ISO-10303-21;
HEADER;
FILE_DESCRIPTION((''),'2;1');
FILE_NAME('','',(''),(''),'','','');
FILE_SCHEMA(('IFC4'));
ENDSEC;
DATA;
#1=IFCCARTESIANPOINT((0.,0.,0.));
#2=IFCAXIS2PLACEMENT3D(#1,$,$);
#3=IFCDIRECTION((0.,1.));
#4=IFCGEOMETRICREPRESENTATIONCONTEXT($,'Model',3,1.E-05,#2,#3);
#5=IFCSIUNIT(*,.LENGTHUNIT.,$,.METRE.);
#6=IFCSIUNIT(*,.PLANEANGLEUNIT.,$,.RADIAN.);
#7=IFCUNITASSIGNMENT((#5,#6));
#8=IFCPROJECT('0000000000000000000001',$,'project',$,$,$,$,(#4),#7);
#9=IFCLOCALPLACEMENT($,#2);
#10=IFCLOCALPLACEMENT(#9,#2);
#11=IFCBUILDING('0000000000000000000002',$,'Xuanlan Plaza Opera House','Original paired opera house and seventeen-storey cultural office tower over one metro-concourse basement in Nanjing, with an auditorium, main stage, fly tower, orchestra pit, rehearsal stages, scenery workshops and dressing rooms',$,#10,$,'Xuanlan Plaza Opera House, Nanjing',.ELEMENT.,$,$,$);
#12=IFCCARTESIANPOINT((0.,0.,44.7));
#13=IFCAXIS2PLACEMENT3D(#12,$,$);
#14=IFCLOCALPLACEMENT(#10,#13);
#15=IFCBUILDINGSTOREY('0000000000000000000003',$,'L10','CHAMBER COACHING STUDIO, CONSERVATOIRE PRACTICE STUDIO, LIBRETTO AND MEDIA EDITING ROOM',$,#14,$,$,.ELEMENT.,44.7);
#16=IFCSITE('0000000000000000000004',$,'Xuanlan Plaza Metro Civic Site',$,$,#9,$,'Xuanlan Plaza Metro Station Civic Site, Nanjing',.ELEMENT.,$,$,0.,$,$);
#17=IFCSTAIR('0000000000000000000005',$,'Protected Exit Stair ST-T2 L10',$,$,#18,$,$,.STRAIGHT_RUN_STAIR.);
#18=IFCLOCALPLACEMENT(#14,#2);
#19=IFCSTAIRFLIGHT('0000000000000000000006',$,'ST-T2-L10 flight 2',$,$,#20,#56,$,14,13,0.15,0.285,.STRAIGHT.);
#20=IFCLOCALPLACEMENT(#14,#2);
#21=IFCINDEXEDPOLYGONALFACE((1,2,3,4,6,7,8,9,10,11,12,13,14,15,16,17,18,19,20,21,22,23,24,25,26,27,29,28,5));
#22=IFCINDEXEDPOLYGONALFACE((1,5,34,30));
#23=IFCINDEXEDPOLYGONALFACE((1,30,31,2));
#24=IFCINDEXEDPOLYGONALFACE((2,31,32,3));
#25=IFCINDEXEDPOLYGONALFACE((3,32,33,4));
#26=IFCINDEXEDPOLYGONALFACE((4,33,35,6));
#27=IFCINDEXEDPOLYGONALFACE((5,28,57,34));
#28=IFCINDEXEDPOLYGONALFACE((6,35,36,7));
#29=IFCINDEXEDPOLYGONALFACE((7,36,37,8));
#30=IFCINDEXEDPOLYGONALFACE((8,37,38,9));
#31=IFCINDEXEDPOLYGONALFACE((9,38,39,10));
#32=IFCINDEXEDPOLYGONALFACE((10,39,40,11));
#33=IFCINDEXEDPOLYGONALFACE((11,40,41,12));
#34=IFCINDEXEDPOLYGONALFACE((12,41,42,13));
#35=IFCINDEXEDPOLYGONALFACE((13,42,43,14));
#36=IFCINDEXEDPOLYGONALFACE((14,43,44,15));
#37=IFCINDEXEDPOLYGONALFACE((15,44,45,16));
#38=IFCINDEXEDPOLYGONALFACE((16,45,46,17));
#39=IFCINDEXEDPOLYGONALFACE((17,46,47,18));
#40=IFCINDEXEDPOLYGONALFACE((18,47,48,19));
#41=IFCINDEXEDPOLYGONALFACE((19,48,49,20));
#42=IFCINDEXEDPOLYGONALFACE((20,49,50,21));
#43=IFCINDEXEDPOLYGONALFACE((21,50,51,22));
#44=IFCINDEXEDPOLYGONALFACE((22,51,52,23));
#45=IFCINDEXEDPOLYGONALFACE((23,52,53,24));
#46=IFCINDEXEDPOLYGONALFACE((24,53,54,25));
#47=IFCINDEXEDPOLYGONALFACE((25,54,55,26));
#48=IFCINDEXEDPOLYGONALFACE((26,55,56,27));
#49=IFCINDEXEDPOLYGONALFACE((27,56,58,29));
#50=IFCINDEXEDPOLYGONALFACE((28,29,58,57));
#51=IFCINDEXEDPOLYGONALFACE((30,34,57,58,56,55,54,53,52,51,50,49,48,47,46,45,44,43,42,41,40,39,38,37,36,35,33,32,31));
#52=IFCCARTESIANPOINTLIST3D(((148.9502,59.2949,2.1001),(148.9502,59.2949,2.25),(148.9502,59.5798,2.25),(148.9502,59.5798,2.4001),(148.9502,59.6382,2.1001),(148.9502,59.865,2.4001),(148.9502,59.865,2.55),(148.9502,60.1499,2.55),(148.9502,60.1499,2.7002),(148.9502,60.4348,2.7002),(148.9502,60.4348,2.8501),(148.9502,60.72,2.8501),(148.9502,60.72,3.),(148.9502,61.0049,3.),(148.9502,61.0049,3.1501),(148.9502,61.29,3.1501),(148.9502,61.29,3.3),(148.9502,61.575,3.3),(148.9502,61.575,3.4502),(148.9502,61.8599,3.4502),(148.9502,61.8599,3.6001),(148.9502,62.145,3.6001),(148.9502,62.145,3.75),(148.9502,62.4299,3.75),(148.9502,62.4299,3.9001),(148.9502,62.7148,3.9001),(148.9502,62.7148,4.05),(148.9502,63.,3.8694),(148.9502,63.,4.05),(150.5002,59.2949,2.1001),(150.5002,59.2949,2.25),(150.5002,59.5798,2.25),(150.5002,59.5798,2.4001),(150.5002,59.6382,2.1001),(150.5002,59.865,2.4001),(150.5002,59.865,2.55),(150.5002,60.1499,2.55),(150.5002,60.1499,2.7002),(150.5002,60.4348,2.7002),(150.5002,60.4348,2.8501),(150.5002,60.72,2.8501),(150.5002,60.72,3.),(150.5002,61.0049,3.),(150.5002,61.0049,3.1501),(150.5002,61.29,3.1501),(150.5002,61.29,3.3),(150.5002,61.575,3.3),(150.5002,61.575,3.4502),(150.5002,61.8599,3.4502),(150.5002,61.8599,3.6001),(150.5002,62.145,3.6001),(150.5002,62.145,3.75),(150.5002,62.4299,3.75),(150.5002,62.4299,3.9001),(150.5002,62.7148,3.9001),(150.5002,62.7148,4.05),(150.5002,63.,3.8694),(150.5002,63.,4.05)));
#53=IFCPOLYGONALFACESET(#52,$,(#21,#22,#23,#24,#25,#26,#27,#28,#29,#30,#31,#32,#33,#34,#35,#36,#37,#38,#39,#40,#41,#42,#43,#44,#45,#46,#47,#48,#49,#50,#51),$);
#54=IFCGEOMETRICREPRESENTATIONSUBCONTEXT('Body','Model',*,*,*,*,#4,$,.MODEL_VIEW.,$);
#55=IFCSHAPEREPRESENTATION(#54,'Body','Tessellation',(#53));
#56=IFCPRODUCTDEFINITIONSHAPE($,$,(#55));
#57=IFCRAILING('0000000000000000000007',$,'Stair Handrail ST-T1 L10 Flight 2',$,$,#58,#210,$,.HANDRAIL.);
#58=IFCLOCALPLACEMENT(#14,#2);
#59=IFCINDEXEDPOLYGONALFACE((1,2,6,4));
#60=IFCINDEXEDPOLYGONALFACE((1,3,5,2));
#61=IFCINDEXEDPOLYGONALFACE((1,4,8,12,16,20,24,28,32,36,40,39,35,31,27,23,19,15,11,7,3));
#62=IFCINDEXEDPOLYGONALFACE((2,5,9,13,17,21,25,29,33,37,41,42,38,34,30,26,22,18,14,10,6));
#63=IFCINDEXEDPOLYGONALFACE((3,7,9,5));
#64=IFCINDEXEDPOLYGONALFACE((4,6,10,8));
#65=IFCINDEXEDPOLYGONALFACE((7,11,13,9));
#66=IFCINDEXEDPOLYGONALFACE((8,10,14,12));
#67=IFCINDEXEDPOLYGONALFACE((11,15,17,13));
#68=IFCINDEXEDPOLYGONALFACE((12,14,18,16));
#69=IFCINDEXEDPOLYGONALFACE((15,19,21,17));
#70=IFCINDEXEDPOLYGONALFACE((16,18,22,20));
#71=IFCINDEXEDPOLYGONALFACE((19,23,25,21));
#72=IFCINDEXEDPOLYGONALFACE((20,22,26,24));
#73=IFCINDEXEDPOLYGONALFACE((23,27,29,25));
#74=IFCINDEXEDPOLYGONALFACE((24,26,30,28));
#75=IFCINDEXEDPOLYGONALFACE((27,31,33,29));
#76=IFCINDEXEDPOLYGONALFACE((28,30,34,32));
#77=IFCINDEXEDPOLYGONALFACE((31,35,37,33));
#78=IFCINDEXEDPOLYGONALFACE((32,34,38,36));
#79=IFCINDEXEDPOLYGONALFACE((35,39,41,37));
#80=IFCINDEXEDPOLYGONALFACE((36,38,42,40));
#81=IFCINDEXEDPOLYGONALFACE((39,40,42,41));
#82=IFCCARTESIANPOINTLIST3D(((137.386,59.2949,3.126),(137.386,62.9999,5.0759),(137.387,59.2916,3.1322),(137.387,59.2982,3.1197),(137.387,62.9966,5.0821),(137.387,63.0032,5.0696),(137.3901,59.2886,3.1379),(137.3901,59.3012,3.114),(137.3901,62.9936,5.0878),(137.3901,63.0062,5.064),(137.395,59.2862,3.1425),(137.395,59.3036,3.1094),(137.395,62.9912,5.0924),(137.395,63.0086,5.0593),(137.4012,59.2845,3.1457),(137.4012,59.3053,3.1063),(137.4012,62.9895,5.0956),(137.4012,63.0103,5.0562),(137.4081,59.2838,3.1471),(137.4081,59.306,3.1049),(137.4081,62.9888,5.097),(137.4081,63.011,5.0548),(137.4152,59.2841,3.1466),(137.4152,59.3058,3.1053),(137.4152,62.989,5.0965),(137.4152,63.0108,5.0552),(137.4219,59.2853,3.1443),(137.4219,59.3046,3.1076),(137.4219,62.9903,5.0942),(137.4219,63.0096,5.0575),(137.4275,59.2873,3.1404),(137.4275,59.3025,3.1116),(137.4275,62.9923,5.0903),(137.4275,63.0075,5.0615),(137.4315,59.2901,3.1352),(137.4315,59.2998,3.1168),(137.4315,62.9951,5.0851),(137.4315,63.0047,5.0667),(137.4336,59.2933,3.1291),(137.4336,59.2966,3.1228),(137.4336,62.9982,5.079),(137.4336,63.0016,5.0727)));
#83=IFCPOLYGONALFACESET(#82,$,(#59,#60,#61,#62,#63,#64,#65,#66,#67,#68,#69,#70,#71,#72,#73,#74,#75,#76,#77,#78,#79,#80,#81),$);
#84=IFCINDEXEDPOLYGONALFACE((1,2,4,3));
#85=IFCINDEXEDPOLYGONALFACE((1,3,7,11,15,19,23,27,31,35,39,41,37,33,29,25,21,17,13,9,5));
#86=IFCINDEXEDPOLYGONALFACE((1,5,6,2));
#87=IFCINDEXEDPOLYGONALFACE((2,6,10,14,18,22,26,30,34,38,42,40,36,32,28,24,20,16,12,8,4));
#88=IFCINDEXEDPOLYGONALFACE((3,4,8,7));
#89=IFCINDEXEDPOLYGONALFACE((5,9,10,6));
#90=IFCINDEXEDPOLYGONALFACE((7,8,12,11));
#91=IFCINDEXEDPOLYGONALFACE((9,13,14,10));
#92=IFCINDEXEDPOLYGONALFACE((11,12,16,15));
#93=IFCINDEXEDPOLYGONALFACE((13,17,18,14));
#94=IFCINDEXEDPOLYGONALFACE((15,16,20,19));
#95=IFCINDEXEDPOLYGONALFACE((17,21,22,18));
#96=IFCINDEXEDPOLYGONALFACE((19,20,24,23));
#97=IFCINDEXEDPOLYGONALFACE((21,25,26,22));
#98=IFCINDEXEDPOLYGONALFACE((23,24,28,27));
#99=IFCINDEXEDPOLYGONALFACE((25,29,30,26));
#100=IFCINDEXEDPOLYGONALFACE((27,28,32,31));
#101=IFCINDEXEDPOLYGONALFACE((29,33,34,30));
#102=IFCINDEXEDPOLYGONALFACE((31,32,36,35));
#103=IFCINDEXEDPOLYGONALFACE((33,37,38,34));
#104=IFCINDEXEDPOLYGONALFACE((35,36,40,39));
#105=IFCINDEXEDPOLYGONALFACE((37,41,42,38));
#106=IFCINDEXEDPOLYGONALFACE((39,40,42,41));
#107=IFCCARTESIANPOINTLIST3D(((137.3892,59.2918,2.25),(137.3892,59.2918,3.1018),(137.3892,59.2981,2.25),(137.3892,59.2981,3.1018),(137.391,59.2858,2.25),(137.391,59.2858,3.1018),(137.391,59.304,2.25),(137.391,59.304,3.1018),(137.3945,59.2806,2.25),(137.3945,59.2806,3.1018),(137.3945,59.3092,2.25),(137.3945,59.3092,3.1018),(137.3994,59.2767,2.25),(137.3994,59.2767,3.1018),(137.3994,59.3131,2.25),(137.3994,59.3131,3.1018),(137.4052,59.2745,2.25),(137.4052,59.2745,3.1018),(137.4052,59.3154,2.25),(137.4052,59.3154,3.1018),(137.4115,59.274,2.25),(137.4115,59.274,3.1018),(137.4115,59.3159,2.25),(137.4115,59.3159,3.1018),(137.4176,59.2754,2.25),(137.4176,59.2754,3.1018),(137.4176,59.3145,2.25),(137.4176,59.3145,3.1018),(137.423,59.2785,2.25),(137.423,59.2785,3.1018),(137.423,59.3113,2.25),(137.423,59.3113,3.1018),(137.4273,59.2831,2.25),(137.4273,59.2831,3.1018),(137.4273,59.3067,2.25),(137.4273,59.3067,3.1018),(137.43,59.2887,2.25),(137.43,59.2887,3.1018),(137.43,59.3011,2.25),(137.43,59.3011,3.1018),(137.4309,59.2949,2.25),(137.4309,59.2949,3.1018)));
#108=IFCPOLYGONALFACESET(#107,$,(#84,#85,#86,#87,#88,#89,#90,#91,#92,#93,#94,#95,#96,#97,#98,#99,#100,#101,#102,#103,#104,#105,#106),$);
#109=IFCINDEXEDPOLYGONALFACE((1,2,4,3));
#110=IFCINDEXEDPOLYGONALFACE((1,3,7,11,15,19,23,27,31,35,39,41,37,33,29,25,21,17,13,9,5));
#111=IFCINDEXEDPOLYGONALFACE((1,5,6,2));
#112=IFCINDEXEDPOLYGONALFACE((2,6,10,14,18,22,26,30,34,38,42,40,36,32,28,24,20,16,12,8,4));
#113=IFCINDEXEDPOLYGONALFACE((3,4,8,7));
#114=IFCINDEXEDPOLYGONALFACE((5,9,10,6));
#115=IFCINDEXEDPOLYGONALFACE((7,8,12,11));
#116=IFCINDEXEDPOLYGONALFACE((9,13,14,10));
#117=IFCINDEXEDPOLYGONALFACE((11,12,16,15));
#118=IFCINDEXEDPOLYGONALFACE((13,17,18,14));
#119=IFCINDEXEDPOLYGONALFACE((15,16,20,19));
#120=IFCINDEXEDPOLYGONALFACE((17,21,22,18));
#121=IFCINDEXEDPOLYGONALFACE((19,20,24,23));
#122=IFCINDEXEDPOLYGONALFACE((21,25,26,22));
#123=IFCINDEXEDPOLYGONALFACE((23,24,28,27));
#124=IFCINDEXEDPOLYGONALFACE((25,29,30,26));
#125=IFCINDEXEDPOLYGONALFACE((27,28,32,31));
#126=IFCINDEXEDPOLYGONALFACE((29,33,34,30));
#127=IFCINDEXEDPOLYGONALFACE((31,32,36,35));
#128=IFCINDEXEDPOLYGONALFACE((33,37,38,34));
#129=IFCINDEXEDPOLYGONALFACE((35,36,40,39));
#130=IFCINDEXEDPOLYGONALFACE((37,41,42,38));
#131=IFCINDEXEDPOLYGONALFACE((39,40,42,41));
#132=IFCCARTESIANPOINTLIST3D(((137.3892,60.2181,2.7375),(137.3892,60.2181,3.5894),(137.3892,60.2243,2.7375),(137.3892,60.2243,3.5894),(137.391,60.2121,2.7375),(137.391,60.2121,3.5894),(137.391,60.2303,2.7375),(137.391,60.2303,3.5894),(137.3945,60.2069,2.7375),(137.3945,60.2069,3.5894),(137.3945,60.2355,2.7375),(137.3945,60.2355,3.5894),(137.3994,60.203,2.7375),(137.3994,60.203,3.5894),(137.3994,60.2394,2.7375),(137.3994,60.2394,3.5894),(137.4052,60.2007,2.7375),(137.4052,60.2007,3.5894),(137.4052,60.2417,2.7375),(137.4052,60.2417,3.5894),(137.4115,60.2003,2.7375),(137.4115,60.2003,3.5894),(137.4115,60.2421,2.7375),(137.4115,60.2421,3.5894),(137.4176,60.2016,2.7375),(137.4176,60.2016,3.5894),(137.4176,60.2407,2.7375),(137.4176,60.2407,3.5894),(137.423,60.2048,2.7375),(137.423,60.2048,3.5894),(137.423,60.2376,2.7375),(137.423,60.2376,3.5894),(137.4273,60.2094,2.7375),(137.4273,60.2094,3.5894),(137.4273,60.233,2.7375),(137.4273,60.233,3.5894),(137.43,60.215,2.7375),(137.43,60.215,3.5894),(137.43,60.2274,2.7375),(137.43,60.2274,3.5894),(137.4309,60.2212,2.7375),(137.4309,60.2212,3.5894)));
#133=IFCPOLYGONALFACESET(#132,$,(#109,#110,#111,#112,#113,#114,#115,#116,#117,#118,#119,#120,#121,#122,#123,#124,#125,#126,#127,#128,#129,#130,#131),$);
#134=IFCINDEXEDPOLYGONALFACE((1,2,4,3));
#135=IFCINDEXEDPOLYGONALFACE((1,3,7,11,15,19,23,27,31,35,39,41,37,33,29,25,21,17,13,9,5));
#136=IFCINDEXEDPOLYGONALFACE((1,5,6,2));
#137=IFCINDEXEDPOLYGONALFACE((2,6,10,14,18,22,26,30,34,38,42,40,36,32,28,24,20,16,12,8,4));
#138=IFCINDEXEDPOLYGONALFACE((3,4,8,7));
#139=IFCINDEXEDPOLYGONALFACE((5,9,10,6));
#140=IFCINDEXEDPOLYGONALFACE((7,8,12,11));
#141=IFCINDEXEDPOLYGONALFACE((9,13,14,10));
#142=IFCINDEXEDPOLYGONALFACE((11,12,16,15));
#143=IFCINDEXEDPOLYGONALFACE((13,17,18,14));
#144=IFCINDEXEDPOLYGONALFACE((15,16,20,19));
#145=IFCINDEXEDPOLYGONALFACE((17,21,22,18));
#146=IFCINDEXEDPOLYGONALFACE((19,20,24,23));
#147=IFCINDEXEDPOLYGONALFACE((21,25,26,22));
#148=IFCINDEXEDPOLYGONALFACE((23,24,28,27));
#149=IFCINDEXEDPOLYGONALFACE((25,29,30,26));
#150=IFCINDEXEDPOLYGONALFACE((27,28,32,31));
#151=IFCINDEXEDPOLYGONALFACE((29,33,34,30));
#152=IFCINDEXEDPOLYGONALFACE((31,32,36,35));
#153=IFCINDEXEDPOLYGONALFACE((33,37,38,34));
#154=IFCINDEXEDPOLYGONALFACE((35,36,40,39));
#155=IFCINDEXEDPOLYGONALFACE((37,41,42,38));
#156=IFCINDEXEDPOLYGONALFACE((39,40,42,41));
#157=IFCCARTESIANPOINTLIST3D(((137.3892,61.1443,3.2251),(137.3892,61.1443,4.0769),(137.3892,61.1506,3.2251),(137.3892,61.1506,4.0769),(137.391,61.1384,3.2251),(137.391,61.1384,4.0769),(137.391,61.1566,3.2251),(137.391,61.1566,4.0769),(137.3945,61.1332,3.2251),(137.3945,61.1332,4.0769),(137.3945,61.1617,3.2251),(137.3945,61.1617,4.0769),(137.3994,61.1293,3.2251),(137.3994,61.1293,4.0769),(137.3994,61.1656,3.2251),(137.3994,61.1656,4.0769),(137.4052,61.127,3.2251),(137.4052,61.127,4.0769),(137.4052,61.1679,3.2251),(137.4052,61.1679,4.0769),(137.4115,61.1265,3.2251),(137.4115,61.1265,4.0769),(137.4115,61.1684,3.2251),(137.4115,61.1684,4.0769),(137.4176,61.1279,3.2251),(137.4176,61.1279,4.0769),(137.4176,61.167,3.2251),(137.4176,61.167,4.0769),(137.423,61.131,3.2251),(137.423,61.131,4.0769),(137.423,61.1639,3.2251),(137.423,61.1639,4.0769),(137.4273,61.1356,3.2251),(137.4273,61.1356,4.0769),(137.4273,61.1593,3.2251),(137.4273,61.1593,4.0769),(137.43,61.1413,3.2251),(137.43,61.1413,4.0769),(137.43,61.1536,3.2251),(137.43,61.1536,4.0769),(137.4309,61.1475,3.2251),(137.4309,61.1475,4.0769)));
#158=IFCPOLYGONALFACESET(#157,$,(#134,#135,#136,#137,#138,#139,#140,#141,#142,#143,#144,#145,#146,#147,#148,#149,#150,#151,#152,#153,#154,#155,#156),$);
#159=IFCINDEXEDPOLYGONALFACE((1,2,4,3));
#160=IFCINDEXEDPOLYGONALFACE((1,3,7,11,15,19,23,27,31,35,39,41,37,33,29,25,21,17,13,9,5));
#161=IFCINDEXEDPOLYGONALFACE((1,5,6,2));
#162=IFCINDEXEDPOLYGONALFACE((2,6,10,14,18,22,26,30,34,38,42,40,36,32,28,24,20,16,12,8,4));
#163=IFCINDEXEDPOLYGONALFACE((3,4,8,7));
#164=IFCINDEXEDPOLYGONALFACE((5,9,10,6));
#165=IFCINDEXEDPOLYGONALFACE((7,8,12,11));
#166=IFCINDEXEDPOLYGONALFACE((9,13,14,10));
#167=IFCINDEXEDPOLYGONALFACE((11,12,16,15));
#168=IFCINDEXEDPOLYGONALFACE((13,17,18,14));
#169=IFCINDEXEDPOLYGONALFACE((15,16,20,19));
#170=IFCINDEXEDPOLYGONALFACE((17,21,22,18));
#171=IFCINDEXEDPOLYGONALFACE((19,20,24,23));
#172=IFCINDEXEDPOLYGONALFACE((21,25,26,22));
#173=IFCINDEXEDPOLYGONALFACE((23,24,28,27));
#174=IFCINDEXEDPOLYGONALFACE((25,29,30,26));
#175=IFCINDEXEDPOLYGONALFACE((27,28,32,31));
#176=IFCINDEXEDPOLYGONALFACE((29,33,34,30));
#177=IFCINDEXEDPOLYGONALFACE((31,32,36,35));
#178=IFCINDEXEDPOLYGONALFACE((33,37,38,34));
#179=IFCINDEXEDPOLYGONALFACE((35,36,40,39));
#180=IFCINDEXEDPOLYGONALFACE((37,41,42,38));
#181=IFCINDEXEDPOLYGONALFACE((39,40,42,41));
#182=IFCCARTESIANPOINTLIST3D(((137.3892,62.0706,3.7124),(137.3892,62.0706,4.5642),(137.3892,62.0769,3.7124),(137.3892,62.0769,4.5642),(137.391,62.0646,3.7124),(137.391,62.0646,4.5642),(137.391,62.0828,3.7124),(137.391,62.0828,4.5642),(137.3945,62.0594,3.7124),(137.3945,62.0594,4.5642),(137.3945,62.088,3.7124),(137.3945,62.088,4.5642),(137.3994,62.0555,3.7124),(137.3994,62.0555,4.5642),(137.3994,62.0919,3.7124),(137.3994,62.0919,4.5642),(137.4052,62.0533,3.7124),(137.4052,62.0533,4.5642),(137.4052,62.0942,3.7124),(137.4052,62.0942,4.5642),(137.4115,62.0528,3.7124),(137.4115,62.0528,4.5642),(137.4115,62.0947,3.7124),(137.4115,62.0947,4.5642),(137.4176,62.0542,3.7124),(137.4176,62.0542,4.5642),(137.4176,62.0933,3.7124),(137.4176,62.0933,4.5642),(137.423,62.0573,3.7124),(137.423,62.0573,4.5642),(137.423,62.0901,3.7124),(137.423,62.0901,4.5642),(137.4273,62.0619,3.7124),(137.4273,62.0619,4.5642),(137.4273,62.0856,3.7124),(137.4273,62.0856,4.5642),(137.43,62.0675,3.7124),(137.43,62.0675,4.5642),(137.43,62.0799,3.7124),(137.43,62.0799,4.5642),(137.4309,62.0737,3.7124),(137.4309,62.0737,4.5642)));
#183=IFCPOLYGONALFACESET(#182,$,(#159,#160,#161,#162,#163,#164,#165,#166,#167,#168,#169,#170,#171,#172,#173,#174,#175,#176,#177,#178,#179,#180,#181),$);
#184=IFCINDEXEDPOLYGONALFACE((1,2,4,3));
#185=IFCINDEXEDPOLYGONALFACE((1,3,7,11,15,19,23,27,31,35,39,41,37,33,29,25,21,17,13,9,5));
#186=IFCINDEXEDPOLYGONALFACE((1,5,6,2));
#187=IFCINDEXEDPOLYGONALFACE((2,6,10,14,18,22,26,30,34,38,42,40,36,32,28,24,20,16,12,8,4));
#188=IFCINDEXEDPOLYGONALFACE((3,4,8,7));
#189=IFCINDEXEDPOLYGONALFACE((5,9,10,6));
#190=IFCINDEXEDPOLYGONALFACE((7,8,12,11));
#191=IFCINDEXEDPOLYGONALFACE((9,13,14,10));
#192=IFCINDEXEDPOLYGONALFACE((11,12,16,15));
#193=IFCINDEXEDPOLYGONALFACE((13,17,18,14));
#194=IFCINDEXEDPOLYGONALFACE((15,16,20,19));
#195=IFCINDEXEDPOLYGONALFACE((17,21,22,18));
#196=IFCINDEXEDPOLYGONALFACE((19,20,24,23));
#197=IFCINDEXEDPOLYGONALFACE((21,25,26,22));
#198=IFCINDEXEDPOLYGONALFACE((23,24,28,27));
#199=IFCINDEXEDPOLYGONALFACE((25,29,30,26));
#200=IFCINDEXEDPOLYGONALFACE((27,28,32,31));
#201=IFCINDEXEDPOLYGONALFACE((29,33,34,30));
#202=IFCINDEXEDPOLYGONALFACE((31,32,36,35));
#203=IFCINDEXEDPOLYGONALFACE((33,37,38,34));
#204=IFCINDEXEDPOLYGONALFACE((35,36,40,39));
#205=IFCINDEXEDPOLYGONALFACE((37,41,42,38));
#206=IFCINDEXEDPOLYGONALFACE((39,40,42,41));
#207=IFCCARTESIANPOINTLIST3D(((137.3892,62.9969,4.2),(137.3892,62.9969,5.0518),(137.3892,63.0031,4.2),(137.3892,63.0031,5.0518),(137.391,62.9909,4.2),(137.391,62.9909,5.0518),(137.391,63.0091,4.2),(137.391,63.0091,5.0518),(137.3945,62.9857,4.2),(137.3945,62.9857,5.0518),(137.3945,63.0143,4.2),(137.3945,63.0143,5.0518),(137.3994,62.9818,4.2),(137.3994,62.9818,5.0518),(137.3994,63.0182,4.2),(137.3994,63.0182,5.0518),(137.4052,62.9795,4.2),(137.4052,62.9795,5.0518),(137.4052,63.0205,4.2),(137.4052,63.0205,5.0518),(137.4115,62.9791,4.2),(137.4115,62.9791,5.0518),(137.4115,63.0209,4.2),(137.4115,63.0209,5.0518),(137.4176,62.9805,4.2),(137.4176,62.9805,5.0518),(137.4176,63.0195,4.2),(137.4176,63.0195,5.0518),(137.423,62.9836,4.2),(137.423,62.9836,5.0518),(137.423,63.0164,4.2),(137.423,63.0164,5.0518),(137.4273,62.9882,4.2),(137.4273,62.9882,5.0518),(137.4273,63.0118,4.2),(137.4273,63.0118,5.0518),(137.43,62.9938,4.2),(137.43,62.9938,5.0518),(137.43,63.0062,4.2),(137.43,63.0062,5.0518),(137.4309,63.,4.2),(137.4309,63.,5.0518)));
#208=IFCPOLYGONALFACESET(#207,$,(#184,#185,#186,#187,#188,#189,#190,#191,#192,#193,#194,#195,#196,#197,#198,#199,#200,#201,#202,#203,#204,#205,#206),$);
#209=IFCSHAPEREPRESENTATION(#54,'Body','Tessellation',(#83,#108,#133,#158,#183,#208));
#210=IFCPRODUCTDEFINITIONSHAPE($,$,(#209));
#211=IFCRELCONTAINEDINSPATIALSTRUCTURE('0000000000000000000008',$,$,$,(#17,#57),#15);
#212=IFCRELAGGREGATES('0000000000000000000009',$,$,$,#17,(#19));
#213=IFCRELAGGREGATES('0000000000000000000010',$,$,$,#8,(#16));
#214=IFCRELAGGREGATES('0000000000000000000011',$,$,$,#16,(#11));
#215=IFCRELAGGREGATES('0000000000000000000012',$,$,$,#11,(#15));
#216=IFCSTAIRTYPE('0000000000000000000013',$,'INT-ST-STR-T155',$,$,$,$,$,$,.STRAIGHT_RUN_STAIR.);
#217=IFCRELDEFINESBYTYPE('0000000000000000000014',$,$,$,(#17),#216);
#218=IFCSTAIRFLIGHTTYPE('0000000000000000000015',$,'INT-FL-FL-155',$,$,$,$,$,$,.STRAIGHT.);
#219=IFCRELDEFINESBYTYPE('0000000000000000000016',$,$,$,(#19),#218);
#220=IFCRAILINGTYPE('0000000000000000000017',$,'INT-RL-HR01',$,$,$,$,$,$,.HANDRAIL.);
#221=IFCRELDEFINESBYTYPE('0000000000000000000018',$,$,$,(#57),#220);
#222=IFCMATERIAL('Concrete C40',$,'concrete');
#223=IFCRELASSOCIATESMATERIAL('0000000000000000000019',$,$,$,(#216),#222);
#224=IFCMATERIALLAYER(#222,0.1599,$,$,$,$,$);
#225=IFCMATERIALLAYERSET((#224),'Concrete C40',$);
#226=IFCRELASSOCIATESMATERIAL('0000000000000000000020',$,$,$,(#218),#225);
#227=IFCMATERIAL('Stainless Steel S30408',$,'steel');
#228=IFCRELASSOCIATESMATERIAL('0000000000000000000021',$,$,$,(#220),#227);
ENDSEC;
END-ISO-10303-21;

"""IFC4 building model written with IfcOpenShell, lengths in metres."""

from ifc_helpers import new_model, si_unit, direction, frame, origin, origin_2d, place, context, subcontext, project, spatial, polyline, circle, outline, extrude, material, layer, layer_set, type_object, element, aggregate, save


model = new_model("IFC4")

# Units and contexts
model_context = context("Model", 3, precision=1e-05, world=origin(), true_north=direction((0.0, 1.0)))
body_context = subcontext(model_context, "Body", "Model", "MODEL_VIEW")
ifc_project = project(units=[si_unit("LENGTHUNIT", "METRE"), si_unit("PLANEANGLEUNIT", "RADIAN")], contexts=[model_context])

# Site, building, storey
site_placement = place(None, origin())
site = spatial("IfcSite", under=ifc_project, at=site_placement, Name="Xuanlan Plaza Metro Civic Site", LongName="Xuanlan Plaza Metro Station Civic Site, Nanjing", CompositionType="ELEMENT", RefElevation=0.0)
building_placement = place(site_placement, origin())
building = spatial("IfcBuilding", under=site, at=building_placement, Name="Xuanlan Plaza Opera House", Description="Original paired opera house and seventeen-storey cultural office tower over one metro-concourse basement in Nanjing, with an auditorium, main stage, fly tower, orchestra pit, rehearsal stages, scenery workshops and dressing rooms", LongName="Xuanlan Plaza Opera House, Nanjing", CompositionType="ELEMENT")
storey_placement = place(building_placement, frame((0.0, 0.0, 44.7)))
storey = spatial("IfcBuildingStorey", under=building, at=storey_placement, Name="L10", Description="CHAMBER COACHING STUDIO, CONSERVATOIRE PRACTICE STUDIO, LIBRETTO AND MEDIA EDITING ROOM", CompositionType="ELEMENT", Elevation=44.7)

# Shared definitions
ifc_material_1 = material(Name="Concrete C40", Category="concrete")

# Shared definitions
ifc_material_2 = material(Name="Stainless Steel S30408", Category="steel")

# Stair, stair flight
stair_type = type_object("IfcStairType", Name="INT-ST-STR-T155", PredefinedType="STRAIGHT_RUN_STAIR", material=ifc_material_1)
ifc_layer_1 = layer(ifc_material_1, 0.1599)
ifc_layer_set_1 = layer_set([ifc_layer_1], Name="Concrete C40")
stair_flight_type = type_object("IfcStairFlightType", Name="INT-FL-FL-155", PredefinedType="STRAIGHT", material=ifc_layer_set_1)
stair_1_placement = place(storey_placement, origin())
stair_1 = element("IfcStair", 1, at=stair_1_placement, inside=storey, type_object=stair_type, Name="Protected Exit Stair ST-T2 L10", PredefinedType="STRAIGHT_RUN_STAIR")
stair_flight_1_placement = place(storey_placement, frame((149.7251, 59.2949, 2.1001), z_axis=(0.0, 0.0, 1.0), x_axis=(0.0, 1.0, 0.0)))
stair_flight_1 = element("IfcStairFlight", 2, at=stair_flight_1_placement, type_object=stair_flight_type, Name="ST-T2-L10 flight 2", NumberOfRisers=14, NumberOfTreads=13, PredefinedType="STRAIGHT", RiserHeight=0.15, TreadLength=0.285, context=body_context, shape_type="SweptSolid", body=[
    extrude(outline(polyline([(0.0, 0.0), (0.0, 0.1499), (0.2849, 0.1499), (0.2849, 0.3), (0.5701, 0.3), (0.5701, 0.45), (0.855, 0.45), (0.855, 0.6001), (1.1399, 0.6001), (1.1399, 0.75), (1.425, 0.75), (1.425, 0.8999), (1.71, 0.8999), (1.71, 1.05), (1.9951, 1.05), (1.9951, 1.2), (2.28, 1.2), (2.28, 1.3501), (2.5649, 1.3501), (2.5649, 1.5), (2.8501, 1.5), (2.8501, 1.6499), (3.135, 1.6499), (3.135, 1.8), (3.4199, 1.8), (3.4199, 1.95), (3.7051, 1.95), (3.7051, 2.1001), (3.7051, 1.7693), (0.3433, 0.0), (0.0, 0.0)])), frame((0.0, 0.7749, 0.0), z_axis=(0.0, -1.0, 0.0), x_axis=(1.0, 0.0, 0.0)), (0.0, 0.0, 1.0), 1.55),
])
aggregate(stair_1, [stair_flight_1])

# Railing
railing_type = type_object("IfcRailingType", Name="INT-RL-HR01", PredefinedType="HANDRAIL", material=ifc_material_2)
for number, where, name in (
    (3, (137.4099, 59.2949, 2.25), "Stair Handrail ST-T1 L10 Flight 2"),
):
    element("IfcRailing", number, at=place(storey_placement, frame(where)), inside=storey, type_object=railing_type, Name=name, PredefinedType="HANDRAIL", context=body_context, shape_type="SweptSolid", body=[
        extrude(circle(Radius=0.0239, at=origin_2d()), frame((0.0, 0.0, 0.876), z_axis=(0.0, 0.884927, 0.46573), x_axis=(-1.0, 0.0, 0.0)), (0.0, 0.0, 1.0), 4.1868),
        extrude(circle(Radius=0.021, at=origin_2d()), origin(), (0.0, 0.0, 1.0), 0.8518),
        extrude(circle(Radius=0.021, at=origin_2d()), frame((0.0, 0.9263, 0.4875)), (0.0, 0.0, 1.0), 0.8518),
        extrude(circle(Radius=0.021, at=origin_2d()), frame((0.0, 1.8525, 0.9751)), (0.0, 0.0, 1.0), 0.8518),
        extrude(circle(Radius=0.021, at=origin_2d()), frame((0.0, 2.7788, 1.4624)), (0.0, 0.0, 1.0), 0.8518),
        extrude(circle(Radius=0.021, at=origin_2d()), frame((0.0, 3.7051, 1.95)), (0.0, 0.0, 1.0), 0.8518),
    ])

save(model, "model.ifc")
